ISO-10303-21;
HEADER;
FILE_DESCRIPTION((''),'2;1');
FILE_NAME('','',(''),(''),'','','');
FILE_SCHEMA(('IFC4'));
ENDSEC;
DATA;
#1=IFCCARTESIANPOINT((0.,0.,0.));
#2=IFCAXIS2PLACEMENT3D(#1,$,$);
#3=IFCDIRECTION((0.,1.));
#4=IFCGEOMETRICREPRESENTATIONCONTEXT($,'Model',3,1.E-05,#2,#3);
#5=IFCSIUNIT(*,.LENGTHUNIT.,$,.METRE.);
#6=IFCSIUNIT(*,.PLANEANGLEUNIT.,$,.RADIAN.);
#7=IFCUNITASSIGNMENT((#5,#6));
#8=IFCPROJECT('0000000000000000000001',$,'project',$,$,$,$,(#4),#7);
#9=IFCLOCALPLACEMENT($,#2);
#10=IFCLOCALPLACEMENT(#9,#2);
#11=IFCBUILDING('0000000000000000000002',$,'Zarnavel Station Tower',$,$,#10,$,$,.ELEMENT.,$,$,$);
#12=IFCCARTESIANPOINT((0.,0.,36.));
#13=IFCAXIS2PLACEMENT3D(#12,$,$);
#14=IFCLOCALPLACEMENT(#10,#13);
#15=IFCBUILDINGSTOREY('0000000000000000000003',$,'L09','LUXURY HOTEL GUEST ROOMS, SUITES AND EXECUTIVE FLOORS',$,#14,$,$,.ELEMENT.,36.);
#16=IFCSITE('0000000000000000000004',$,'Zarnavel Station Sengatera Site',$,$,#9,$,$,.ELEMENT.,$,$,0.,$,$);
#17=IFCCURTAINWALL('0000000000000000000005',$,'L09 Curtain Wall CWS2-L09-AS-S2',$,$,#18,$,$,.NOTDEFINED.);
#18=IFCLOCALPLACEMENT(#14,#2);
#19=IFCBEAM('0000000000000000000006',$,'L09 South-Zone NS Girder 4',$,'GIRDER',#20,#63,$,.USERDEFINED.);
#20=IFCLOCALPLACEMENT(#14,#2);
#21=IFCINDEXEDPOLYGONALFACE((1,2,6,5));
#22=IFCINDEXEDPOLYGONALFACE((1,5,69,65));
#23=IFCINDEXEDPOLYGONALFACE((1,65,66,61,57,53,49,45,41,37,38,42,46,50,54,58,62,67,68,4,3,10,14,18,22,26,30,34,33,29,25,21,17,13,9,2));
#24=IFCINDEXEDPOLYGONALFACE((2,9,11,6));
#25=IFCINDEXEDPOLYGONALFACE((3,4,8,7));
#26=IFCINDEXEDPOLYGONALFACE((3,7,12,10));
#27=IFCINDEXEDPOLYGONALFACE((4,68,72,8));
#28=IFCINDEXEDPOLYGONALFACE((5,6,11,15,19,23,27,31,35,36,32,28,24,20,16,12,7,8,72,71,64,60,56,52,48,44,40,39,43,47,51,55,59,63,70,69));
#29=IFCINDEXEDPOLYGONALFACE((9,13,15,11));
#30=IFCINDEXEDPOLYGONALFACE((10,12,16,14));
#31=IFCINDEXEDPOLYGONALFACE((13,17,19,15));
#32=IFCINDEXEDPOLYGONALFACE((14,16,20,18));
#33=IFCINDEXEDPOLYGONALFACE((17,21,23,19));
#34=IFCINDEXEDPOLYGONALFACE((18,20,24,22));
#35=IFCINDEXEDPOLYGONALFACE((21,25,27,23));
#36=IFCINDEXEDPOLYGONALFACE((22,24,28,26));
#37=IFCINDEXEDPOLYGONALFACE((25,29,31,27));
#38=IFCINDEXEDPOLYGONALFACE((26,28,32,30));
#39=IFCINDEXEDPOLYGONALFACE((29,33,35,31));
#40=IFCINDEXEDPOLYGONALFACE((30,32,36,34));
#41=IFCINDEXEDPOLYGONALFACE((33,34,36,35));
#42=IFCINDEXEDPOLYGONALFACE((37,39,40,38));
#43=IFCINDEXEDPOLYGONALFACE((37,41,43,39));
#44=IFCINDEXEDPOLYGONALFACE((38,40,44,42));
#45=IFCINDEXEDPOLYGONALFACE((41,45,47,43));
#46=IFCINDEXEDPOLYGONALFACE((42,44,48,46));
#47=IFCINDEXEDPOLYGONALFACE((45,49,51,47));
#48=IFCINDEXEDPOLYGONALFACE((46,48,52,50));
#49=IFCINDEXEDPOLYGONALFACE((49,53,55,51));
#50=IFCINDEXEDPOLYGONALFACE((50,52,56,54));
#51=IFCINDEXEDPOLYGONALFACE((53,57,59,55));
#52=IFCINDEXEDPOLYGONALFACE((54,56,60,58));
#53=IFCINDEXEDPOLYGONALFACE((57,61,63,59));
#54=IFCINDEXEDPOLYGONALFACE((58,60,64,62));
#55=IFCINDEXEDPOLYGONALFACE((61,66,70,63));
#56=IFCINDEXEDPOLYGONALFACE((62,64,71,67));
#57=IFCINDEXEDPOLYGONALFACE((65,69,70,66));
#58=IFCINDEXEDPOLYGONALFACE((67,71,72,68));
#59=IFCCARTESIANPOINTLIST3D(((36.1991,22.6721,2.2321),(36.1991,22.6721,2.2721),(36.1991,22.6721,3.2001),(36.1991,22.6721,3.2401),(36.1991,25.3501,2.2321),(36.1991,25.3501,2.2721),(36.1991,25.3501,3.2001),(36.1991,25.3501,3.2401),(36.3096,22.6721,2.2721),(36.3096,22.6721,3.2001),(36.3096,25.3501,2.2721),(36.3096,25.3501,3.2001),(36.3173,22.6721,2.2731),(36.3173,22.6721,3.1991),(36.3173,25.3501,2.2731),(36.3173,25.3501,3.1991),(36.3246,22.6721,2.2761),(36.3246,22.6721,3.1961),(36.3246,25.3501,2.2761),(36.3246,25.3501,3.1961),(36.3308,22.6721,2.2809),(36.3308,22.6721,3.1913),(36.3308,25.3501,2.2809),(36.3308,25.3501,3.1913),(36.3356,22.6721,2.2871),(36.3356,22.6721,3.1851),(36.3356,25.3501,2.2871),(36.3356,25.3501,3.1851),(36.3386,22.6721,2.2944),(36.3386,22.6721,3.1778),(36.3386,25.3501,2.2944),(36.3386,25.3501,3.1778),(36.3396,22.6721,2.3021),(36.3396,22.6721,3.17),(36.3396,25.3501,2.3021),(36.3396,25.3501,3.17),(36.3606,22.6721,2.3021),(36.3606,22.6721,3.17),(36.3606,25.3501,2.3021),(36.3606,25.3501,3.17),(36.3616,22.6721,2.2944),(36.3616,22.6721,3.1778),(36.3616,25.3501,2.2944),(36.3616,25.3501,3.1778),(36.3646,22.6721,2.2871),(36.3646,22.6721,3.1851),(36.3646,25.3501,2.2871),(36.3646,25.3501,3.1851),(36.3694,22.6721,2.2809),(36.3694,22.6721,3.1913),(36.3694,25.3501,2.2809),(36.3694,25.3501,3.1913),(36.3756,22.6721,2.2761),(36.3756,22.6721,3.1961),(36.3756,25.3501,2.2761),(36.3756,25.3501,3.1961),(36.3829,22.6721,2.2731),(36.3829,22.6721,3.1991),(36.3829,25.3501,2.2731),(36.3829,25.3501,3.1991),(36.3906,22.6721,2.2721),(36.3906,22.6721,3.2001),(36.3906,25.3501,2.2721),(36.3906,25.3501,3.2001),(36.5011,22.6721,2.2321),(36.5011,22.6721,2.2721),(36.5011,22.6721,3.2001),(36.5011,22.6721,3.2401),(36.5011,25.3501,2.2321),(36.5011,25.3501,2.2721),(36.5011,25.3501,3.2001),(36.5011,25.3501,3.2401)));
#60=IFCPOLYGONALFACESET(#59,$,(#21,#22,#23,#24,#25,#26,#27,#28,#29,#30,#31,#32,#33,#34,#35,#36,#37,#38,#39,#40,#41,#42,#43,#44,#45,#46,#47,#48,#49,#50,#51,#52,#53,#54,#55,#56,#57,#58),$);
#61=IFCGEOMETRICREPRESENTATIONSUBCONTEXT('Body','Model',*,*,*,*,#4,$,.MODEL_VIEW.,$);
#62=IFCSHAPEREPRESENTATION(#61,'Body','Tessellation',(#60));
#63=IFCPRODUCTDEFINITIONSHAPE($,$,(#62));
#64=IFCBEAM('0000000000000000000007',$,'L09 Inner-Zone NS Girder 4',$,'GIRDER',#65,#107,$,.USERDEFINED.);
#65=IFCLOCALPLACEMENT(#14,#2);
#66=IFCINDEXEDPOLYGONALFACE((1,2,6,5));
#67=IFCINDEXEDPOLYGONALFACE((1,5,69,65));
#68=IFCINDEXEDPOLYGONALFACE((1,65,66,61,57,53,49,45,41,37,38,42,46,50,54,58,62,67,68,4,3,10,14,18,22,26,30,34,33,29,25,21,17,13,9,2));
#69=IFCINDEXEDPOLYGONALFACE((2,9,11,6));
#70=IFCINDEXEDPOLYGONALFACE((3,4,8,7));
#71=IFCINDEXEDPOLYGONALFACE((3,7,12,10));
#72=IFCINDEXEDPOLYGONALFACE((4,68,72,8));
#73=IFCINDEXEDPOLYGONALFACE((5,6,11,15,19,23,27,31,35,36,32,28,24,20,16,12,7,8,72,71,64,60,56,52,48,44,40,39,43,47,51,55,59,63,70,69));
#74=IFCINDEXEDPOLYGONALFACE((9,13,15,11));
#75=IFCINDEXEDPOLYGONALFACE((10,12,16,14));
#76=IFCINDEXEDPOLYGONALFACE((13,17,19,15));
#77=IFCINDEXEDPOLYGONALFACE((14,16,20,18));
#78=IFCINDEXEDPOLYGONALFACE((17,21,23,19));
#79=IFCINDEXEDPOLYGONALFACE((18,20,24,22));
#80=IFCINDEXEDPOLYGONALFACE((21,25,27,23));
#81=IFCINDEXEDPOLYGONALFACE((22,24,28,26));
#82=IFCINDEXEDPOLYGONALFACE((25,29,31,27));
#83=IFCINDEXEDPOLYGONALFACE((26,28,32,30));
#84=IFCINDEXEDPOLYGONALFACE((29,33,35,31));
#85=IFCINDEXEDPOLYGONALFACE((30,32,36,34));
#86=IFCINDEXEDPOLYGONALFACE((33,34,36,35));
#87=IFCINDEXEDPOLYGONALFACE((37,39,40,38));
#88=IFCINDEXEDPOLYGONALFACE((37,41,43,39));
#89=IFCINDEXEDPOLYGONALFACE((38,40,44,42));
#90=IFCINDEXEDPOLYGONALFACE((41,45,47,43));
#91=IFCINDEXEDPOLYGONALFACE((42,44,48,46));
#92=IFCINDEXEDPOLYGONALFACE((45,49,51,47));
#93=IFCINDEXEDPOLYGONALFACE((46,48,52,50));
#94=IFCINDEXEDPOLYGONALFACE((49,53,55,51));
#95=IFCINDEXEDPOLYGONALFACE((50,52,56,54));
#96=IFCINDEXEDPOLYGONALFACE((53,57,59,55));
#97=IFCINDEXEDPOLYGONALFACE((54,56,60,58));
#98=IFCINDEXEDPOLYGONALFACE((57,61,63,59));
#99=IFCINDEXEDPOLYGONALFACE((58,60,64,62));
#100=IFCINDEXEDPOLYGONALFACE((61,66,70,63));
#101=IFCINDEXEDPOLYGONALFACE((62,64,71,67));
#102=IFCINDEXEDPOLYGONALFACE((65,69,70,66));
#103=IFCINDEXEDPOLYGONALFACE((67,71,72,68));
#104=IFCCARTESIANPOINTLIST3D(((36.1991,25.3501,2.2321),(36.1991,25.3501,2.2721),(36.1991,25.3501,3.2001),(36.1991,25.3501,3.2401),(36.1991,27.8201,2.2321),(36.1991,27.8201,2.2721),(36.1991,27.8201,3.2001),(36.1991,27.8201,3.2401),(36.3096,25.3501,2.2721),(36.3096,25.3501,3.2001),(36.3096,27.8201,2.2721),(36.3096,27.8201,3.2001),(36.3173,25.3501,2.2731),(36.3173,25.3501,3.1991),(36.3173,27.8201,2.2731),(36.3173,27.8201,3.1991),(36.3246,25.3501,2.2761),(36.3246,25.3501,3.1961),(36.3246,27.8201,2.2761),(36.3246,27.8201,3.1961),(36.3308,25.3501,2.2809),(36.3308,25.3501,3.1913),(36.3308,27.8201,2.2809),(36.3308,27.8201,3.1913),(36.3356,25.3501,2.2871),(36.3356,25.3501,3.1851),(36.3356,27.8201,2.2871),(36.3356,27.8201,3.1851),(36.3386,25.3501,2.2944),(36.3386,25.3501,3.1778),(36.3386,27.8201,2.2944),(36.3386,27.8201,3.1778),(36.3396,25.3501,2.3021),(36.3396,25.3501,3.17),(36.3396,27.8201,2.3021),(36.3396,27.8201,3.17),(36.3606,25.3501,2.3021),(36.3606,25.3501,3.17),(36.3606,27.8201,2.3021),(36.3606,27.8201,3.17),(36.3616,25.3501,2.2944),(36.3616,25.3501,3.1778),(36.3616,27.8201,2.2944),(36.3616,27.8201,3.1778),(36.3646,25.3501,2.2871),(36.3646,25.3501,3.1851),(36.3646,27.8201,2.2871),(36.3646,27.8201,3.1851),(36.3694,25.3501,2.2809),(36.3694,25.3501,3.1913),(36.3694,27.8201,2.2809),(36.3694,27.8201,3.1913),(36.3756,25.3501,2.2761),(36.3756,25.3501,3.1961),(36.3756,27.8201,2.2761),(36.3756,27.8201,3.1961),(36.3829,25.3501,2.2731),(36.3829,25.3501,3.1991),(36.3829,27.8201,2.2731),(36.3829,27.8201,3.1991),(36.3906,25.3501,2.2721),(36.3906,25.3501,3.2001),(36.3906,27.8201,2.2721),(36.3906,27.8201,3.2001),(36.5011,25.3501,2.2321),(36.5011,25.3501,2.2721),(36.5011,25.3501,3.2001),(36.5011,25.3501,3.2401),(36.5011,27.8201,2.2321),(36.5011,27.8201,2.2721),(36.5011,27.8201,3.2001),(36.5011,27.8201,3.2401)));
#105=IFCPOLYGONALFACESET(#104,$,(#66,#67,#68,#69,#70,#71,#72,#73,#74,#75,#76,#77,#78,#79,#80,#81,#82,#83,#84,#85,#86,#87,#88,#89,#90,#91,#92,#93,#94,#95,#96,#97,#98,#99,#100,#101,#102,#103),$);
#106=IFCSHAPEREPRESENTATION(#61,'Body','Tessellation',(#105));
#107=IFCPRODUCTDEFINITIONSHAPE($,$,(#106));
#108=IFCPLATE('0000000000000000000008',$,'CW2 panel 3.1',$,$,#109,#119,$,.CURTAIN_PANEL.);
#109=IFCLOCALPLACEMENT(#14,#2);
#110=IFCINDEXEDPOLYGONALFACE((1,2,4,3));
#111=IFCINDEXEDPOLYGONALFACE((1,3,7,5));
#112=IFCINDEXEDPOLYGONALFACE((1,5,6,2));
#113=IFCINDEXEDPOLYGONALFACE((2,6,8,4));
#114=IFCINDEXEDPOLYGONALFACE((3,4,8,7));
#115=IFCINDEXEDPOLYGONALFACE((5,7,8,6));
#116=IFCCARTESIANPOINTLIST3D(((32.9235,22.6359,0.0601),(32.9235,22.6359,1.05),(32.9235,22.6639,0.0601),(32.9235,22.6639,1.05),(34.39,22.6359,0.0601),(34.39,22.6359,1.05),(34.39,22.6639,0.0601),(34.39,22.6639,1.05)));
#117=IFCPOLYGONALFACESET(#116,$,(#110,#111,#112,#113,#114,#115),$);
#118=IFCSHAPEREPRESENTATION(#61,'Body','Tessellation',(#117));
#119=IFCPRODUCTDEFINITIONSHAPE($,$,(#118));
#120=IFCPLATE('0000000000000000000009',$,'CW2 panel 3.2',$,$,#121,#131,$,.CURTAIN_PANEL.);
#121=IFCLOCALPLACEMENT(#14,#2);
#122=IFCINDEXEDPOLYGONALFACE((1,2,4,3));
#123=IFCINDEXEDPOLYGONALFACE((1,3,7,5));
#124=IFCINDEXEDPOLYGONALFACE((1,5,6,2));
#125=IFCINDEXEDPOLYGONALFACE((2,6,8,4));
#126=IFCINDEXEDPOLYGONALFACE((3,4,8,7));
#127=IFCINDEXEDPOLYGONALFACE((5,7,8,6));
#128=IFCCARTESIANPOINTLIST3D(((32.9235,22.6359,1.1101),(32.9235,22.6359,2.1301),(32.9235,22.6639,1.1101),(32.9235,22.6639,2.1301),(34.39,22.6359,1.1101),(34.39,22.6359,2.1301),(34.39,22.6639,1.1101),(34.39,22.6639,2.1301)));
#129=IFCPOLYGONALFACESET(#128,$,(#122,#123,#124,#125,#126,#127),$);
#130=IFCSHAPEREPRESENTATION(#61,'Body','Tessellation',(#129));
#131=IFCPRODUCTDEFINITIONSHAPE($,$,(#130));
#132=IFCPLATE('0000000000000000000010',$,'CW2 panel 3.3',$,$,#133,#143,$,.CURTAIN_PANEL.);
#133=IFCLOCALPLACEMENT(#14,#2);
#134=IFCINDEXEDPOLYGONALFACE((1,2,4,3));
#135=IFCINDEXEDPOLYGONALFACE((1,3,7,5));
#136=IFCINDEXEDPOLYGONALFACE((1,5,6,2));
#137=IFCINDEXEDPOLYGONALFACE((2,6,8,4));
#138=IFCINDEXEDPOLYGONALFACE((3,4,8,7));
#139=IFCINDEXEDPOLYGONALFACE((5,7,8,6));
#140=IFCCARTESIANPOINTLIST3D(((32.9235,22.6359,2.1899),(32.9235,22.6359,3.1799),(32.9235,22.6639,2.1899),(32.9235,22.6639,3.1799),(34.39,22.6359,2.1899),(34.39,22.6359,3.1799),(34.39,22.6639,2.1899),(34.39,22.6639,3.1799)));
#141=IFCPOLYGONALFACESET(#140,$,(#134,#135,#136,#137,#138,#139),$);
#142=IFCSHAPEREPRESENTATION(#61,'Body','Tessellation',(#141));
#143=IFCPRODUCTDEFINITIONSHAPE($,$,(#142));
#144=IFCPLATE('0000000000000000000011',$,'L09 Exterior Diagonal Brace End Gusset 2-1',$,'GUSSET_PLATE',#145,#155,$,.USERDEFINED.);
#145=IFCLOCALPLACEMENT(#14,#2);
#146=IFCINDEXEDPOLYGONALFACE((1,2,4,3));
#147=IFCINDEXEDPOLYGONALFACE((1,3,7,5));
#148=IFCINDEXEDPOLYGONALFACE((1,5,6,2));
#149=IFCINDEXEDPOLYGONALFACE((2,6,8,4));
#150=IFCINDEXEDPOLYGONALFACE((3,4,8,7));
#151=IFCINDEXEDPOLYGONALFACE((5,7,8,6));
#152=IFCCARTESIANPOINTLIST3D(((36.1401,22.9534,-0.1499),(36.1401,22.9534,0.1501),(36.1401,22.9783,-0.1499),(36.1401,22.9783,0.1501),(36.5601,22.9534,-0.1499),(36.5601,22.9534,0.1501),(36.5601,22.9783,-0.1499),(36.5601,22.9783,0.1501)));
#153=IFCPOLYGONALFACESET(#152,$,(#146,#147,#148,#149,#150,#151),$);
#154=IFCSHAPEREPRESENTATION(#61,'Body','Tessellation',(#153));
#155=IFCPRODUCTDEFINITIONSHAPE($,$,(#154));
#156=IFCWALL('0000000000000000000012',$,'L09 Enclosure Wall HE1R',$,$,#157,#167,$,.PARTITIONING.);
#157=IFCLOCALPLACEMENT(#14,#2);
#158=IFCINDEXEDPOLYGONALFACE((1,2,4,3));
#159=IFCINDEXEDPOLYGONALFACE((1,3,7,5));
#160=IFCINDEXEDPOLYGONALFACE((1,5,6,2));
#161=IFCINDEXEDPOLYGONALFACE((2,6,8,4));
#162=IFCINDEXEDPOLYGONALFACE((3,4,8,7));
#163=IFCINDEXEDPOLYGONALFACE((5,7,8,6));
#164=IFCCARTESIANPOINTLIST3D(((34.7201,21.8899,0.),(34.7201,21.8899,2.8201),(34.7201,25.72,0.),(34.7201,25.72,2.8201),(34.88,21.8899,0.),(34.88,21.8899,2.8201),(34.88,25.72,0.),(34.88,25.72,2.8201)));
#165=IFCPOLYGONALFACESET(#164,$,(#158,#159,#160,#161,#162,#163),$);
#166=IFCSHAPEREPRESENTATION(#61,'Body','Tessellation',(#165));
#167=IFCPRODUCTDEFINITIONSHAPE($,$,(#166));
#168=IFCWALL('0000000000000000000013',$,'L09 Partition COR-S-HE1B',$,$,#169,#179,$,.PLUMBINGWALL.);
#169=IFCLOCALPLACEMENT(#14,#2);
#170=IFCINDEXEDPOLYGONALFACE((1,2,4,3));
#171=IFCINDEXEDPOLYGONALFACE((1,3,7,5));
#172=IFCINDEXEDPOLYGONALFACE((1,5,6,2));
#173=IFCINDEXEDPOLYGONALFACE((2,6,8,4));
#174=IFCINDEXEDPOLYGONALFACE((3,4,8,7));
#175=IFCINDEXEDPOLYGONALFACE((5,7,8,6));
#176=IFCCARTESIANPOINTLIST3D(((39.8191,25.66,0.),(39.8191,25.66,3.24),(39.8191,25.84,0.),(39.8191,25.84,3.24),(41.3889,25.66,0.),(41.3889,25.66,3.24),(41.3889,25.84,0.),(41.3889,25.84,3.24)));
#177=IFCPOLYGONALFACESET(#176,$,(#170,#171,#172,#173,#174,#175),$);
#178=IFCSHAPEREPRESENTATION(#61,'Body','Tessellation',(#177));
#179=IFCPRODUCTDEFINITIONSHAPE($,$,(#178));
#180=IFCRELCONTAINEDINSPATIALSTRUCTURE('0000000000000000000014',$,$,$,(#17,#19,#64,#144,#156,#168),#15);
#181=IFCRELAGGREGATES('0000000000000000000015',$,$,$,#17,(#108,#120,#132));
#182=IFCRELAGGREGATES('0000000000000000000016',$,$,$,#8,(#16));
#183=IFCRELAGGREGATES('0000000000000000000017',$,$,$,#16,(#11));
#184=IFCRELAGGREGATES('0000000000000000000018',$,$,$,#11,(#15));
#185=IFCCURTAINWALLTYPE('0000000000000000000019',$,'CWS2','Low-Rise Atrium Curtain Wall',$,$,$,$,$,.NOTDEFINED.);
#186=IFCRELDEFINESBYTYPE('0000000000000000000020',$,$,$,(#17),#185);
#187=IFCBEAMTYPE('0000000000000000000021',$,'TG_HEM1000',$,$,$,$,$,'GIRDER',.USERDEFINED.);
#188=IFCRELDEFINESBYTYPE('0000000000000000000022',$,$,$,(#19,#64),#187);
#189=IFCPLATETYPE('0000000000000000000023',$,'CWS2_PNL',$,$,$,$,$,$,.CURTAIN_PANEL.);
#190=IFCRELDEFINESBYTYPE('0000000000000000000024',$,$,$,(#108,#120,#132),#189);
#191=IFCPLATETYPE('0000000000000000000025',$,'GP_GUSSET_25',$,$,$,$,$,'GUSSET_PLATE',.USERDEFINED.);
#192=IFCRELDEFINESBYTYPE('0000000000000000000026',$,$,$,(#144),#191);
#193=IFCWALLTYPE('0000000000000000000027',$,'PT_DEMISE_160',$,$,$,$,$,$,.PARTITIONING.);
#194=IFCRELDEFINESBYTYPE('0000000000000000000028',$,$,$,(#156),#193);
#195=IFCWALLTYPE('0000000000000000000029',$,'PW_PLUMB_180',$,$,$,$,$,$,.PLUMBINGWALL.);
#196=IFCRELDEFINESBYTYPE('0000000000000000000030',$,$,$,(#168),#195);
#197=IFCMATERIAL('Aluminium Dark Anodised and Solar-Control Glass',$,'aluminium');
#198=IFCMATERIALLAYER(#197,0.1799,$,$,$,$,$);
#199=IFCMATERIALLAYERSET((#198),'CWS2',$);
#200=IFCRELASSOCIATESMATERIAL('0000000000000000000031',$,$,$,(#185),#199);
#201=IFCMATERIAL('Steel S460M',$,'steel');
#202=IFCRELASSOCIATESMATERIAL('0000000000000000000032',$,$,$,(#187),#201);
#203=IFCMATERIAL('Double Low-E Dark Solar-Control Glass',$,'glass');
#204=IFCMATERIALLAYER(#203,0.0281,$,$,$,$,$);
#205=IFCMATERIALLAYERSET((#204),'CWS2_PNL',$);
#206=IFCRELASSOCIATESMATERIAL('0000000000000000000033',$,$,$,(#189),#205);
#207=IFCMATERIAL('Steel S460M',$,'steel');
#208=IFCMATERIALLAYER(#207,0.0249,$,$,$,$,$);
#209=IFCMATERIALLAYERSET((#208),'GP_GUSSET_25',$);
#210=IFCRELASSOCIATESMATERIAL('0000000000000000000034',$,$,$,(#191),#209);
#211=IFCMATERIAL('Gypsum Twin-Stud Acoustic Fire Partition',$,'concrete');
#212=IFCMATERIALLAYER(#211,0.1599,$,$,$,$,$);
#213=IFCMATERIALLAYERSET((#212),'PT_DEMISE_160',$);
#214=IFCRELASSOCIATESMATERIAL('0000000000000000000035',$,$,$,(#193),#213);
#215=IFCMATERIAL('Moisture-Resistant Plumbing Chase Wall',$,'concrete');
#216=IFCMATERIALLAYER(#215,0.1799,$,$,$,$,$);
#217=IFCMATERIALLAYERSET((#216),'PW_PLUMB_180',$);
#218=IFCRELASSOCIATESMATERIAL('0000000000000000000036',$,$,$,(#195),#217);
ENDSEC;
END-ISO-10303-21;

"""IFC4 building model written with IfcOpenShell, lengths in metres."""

from ifc_helpers import new_model, si_unit, direction, frame, frame_2d, origin, origin_2d, place, context, subcontext, project, spatial, rectangle, i_section, extrude, material, layer, layer_set, material_profile, profile_set, type_object, element, aggregate, save


model = new_model("IFC4")

# Units and contexts
model_context = context("Model", 3, precision=1e-05, world=origin(), true_north=direction((0.0, 1.0)))
body_context = subcontext(model_context, "Body", "Model", "MODEL_VIEW")
ifc_project = project(units=[si_unit("LENGTHUNIT", "METRE"), si_unit("PLANEANGLEUNIT", "RADIAN")], contexts=[model_context])

# Site, building, storey
site_placement = place(None, origin())
site = spatial("IfcSite", under=ifc_project, at=site_placement, Name="Zarnavel Station Sengatera Site", CompositionType="ELEMENT", RefElevation=0.0)
building_placement = place(site_placement, origin())
building = spatial("IfcBuilding", under=site, at=building_placement, Name="Zarnavel Station Tower", CompositionType="ELEMENT")
storey_placement = place(building_placement, frame((0.0, 0.0, 36.0)))
storey = spatial("IfcBuildingStorey", under=building, at=storey_placement, Name="L09", Description="LUXURY HOTEL GUEST ROOMS, SUITES AND EXECUTIVE FLOORS", CompositionType="ELEMENT", Elevation=36.0)

# Curtain wall
ifc_material_1 = material(Name="Aluminium Dark Anodised and Solar-Control Glass", Category="aluminium")
ifc_layer_1 = layer(ifc_material_1, 0.1799)
ifc_layer_set_1 = layer_set([ifc_layer_1], Name="CWS2")
curtain_wall_type = type_object("IfcCurtainWallType", Name="CWS2", Description="Low-Rise Atrium Curtain Wall", PredefinedType="NOTDEFINED", material=ifc_layer_set_1)
curtain_wall_placement = place(storey_placement, origin())
curtain_wall = element("IfcCurtainWall", 1, at=curtain_wall_placement, inside=storey, type_object=curtain_wall_type, Name="L09 Curtain Wall CWS2-L09-AS-S2", PredefinedType="NOTDEFINED")

# Beams
ifc_material_2 = material(Name="Steel S460M", Category="steel")
ifc_material_profile_1 = material_profile(ifc_material_2, i_section(OverallWidth=0.302, OverallDepth=1.0081, WebThickness=0.021, FlangeThickness=0.04, FilletRadius=0.03, at=origin_2d()), Name="HEM1000")
ifc_profile_set_1 = profile_set([ifc_material_profile_1], Name="Steel S460M")
beam_type_1 = type_object("IfcBeamType", Name="TG_HEM1000", ElementType="GIRDER", PredefinedType="USERDEFINED", material=ifc_profile_set_1)
beam_1_placement = place(storey_placement, frame((36.3501, 22.6721, 2.7361), z_axis=(0.0, 1.0, 0.0), x_axis=(-1.0, 0.0, 0.0)))
element("IfcBeam", 2, at=beam_1_placement, inside=storey, type_object=beam_type_1, Name="L09 South-Zone NS Girder 4", ObjectType="GIRDER", PredefinedType="USERDEFINED", context=body_context, shape_type="SweptSolid", body=[
    extrude(i_section(OverallWidth=0.302, OverallDepth=1.0081, WebThickness=0.021, FlangeThickness=0.04, FilletRadius=0.03, at=origin_2d()), origin(), (0.0, 0.0, 1.0), 2.678),
])
beam_2_placement = place(storey_placement, frame((36.3501, 25.3501, 2.7361), z_axis=(0.0, 1.0, 0.0), x_axis=(-1.0, 0.0, 0.0)))
element("IfcBeam", 3, at=beam_2_placement, inside=storey, type_object=beam_type_1, Name="L09 Inner-Zone NS Girder 4", ObjectType="GIRDER", PredefinedType="USERDEFINED", context=body_context, shape_type="SweptSolid", body=[
    extrude(i_section(OverallWidth=0.302, OverallDepth=1.0081, WebThickness=0.021, FlangeThickness=0.04, FilletRadius=0.03, at=origin_2d()), origin(), (0.0, 0.0, 1.0), 2.47),
])

# Plates
ifc_material_3 = material(Name="Double Low-E Dark Solar-Control Glass", Category="glass")
ifc_layer_2 = layer(ifc_material_3, 0.0281)
ifc_layer_set_2 = layer_set([ifc_layer_2], Name="CWS2_PNL")
plate_type_1 = type_object("IfcPlateType", Name="CWS2_PNL", PredefinedType="CURTAIN_PANEL", material=ifc_layer_set_2)
plate_1_placement = place(storey_placement, frame((33.6567, 22.6499, 0.0601), z_axis=(0.0, 0.0, 1.0), x_axis=(1.0, 0.0, 0.0)))
plate_1 = element("IfcPlate", 4, at=plate_1_placement, type_object=plate_type_1, Name="CW2 panel 3.1", PredefinedType="CURTAIN_PANEL", context=body_context, shape_type="SweptSolid", body=[
    extrude(rectangle(XDim=1.4666, YDim=0.0281, at=origin_2d()), origin(), (0.0, 0.0, 1.0), 0.99),
])
plate_2_placement = place(storey_placement, frame((33.6567, 22.6499, 1.1101), z_axis=(0.0, 0.0, 1.0), x_axis=(1.0, 0.0, 0.0)))
plate_2 = element("IfcPlate", 5, at=plate_2_placement, type_object=plate_type_1, Name="CW2 panel 3.2", PredefinedType="CURTAIN_PANEL", context=body_context, shape_type="SweptSolid", body=[
    extrude(rectangle(XDim=1.4666, YDim=0.0281, at=origin_2d()), origin(), (0.0, 0.0, 1.0), 1.02),
])
plate_3_placement = place(storey_placement, frame((33.6567, 22.6499, 2.1899), z_axis=(0.0, 0.0, 1.0), x_axis=(1.0, 0.0, 0.0)))
plate_3 = element("IfcPlate", 6, at=plate_3_placement, type_object=plate_type_1, Name="CW2 panel 3.3", PredefinedType="CURTAIN_PANEL", context=body_context, shape_type="SweptSolid", body=[
    extrude(rectangle(XDim=1.4666, YDim=0.0281, at=origin_2d()), origin(), (0.0, 0.0, 1.0), 0.99),
])
aggregate(curtain_wall, [plate_1, plate_2, plate_3])
ifc_material_4 = material(Name="Steel S460M", Category="steel")
ifc_layer_3 = layer(ifc_material_4, 0.0249)
ifc_layer_set_3 = layer_set([ifc_layer_3], Name="GP_GUSSET_25")
plate_type_2 = type_object("IfcPlateType", Name="GP_GUSSET_25", ElementType="GUSSET_PLATE", PredefinedType="USERDEFINED", material=ifc_layer_set_3)
plate_4_placement = place(storey_placement, frame((36.3501, 22.9658, -0.1499), z_axis=(0.0, 0.0, 1.0), x_axis=(1.0, 0.0, 0.0)))
element("IfcPlate", 7, at=plate_4_placement, inside=storey, type_object=plate_type_2, Name="L09 Exterior Diagonal Brace End Gusset 2-1", ObjectType="GUSSET_PLATE", PredefinedType="USERDEFINED", context=body_context, shape_type="SweptSolid", body=[
    extrude(rectangle(XDim=0.4199, YDim=0.0249, at=origin_2d()), origin(), (0.0, 0.0, 1.0), 0.3),
])

# Shared definitions
ifc_material_5 = material(Name="Gypsum Twin-Stud Acoustic Fire Partition", Category="concrete")
ifc_layer_4 = layer(ifc_material_5, 0.1599)
ifc_layer_set_4 = layer_set([ifc_layer_4], Name="PT_DEMISE_160")
wall_type_1 = type_object("IfcWallType", Name="PT_DEMISE_160", PredefinedType="PARTITIONING", material=ifc_layer_set_4)

# Walls
wall_1_placement = place(storey_placement, frame((34.8, 21.8899, 0.0), z_axis=(0.0, 0.0, 1.0), x_axis=(0.0, 1.0, 0.0)))
element("IfcWall", 8, at=wall_1_placement, inside=storey, type_object=wall_type_1, Name="L09 Enclosure Wall HE1R", PredefinedType="PARTITIONING", context=body_context, shape_type="SweptSolid", body=[
    extrude(rectangle(XDim=3.8301, YDim=0.1599, at=frame_2d((1.915, 0.0))), origin(), (0.0, 0.0, 1.0), 2.8201),
])
ifc_material_6 = material(Name="Moisture-Resistant Plumbing Chase Wall", Category="concrete")
ifc_layer_5 = layer(ifc_material_6, 0.1799)
ifc_layer_set_5 = layer_set([ifc_layer_5], Name="PW_PLUMB_180")
wall_type_2 = type_object("IfcWallType", Name="PW_PLUMB_180", PredefinedType="PLUMBINGWALL", material=ifc_layer_set_5)
wall_2_placement = place(storey_placement, frame((39.8191, 25.75, 0.0), z_axis=(0.0, 0.0, 1.0), x_axis=(1.0, 0.0, 0.0)))
element("IfcWall", 9, at=wall_2_placement, inside=storey, type_object=wall_type_2, Name="L09 Partition COR-S-HE1B", PredefinedType="PLUMBINGWALL", context=body_context, shape_type="SweptSolid", body=[
    extrude(rectangle(XDim=1.5698, YDim=0.1799, at=frame_2d((0.7849, 0.0))), origin(), (0.0, 0.0, 1.0), 3.24),
])

save(model, "model.ifc")
